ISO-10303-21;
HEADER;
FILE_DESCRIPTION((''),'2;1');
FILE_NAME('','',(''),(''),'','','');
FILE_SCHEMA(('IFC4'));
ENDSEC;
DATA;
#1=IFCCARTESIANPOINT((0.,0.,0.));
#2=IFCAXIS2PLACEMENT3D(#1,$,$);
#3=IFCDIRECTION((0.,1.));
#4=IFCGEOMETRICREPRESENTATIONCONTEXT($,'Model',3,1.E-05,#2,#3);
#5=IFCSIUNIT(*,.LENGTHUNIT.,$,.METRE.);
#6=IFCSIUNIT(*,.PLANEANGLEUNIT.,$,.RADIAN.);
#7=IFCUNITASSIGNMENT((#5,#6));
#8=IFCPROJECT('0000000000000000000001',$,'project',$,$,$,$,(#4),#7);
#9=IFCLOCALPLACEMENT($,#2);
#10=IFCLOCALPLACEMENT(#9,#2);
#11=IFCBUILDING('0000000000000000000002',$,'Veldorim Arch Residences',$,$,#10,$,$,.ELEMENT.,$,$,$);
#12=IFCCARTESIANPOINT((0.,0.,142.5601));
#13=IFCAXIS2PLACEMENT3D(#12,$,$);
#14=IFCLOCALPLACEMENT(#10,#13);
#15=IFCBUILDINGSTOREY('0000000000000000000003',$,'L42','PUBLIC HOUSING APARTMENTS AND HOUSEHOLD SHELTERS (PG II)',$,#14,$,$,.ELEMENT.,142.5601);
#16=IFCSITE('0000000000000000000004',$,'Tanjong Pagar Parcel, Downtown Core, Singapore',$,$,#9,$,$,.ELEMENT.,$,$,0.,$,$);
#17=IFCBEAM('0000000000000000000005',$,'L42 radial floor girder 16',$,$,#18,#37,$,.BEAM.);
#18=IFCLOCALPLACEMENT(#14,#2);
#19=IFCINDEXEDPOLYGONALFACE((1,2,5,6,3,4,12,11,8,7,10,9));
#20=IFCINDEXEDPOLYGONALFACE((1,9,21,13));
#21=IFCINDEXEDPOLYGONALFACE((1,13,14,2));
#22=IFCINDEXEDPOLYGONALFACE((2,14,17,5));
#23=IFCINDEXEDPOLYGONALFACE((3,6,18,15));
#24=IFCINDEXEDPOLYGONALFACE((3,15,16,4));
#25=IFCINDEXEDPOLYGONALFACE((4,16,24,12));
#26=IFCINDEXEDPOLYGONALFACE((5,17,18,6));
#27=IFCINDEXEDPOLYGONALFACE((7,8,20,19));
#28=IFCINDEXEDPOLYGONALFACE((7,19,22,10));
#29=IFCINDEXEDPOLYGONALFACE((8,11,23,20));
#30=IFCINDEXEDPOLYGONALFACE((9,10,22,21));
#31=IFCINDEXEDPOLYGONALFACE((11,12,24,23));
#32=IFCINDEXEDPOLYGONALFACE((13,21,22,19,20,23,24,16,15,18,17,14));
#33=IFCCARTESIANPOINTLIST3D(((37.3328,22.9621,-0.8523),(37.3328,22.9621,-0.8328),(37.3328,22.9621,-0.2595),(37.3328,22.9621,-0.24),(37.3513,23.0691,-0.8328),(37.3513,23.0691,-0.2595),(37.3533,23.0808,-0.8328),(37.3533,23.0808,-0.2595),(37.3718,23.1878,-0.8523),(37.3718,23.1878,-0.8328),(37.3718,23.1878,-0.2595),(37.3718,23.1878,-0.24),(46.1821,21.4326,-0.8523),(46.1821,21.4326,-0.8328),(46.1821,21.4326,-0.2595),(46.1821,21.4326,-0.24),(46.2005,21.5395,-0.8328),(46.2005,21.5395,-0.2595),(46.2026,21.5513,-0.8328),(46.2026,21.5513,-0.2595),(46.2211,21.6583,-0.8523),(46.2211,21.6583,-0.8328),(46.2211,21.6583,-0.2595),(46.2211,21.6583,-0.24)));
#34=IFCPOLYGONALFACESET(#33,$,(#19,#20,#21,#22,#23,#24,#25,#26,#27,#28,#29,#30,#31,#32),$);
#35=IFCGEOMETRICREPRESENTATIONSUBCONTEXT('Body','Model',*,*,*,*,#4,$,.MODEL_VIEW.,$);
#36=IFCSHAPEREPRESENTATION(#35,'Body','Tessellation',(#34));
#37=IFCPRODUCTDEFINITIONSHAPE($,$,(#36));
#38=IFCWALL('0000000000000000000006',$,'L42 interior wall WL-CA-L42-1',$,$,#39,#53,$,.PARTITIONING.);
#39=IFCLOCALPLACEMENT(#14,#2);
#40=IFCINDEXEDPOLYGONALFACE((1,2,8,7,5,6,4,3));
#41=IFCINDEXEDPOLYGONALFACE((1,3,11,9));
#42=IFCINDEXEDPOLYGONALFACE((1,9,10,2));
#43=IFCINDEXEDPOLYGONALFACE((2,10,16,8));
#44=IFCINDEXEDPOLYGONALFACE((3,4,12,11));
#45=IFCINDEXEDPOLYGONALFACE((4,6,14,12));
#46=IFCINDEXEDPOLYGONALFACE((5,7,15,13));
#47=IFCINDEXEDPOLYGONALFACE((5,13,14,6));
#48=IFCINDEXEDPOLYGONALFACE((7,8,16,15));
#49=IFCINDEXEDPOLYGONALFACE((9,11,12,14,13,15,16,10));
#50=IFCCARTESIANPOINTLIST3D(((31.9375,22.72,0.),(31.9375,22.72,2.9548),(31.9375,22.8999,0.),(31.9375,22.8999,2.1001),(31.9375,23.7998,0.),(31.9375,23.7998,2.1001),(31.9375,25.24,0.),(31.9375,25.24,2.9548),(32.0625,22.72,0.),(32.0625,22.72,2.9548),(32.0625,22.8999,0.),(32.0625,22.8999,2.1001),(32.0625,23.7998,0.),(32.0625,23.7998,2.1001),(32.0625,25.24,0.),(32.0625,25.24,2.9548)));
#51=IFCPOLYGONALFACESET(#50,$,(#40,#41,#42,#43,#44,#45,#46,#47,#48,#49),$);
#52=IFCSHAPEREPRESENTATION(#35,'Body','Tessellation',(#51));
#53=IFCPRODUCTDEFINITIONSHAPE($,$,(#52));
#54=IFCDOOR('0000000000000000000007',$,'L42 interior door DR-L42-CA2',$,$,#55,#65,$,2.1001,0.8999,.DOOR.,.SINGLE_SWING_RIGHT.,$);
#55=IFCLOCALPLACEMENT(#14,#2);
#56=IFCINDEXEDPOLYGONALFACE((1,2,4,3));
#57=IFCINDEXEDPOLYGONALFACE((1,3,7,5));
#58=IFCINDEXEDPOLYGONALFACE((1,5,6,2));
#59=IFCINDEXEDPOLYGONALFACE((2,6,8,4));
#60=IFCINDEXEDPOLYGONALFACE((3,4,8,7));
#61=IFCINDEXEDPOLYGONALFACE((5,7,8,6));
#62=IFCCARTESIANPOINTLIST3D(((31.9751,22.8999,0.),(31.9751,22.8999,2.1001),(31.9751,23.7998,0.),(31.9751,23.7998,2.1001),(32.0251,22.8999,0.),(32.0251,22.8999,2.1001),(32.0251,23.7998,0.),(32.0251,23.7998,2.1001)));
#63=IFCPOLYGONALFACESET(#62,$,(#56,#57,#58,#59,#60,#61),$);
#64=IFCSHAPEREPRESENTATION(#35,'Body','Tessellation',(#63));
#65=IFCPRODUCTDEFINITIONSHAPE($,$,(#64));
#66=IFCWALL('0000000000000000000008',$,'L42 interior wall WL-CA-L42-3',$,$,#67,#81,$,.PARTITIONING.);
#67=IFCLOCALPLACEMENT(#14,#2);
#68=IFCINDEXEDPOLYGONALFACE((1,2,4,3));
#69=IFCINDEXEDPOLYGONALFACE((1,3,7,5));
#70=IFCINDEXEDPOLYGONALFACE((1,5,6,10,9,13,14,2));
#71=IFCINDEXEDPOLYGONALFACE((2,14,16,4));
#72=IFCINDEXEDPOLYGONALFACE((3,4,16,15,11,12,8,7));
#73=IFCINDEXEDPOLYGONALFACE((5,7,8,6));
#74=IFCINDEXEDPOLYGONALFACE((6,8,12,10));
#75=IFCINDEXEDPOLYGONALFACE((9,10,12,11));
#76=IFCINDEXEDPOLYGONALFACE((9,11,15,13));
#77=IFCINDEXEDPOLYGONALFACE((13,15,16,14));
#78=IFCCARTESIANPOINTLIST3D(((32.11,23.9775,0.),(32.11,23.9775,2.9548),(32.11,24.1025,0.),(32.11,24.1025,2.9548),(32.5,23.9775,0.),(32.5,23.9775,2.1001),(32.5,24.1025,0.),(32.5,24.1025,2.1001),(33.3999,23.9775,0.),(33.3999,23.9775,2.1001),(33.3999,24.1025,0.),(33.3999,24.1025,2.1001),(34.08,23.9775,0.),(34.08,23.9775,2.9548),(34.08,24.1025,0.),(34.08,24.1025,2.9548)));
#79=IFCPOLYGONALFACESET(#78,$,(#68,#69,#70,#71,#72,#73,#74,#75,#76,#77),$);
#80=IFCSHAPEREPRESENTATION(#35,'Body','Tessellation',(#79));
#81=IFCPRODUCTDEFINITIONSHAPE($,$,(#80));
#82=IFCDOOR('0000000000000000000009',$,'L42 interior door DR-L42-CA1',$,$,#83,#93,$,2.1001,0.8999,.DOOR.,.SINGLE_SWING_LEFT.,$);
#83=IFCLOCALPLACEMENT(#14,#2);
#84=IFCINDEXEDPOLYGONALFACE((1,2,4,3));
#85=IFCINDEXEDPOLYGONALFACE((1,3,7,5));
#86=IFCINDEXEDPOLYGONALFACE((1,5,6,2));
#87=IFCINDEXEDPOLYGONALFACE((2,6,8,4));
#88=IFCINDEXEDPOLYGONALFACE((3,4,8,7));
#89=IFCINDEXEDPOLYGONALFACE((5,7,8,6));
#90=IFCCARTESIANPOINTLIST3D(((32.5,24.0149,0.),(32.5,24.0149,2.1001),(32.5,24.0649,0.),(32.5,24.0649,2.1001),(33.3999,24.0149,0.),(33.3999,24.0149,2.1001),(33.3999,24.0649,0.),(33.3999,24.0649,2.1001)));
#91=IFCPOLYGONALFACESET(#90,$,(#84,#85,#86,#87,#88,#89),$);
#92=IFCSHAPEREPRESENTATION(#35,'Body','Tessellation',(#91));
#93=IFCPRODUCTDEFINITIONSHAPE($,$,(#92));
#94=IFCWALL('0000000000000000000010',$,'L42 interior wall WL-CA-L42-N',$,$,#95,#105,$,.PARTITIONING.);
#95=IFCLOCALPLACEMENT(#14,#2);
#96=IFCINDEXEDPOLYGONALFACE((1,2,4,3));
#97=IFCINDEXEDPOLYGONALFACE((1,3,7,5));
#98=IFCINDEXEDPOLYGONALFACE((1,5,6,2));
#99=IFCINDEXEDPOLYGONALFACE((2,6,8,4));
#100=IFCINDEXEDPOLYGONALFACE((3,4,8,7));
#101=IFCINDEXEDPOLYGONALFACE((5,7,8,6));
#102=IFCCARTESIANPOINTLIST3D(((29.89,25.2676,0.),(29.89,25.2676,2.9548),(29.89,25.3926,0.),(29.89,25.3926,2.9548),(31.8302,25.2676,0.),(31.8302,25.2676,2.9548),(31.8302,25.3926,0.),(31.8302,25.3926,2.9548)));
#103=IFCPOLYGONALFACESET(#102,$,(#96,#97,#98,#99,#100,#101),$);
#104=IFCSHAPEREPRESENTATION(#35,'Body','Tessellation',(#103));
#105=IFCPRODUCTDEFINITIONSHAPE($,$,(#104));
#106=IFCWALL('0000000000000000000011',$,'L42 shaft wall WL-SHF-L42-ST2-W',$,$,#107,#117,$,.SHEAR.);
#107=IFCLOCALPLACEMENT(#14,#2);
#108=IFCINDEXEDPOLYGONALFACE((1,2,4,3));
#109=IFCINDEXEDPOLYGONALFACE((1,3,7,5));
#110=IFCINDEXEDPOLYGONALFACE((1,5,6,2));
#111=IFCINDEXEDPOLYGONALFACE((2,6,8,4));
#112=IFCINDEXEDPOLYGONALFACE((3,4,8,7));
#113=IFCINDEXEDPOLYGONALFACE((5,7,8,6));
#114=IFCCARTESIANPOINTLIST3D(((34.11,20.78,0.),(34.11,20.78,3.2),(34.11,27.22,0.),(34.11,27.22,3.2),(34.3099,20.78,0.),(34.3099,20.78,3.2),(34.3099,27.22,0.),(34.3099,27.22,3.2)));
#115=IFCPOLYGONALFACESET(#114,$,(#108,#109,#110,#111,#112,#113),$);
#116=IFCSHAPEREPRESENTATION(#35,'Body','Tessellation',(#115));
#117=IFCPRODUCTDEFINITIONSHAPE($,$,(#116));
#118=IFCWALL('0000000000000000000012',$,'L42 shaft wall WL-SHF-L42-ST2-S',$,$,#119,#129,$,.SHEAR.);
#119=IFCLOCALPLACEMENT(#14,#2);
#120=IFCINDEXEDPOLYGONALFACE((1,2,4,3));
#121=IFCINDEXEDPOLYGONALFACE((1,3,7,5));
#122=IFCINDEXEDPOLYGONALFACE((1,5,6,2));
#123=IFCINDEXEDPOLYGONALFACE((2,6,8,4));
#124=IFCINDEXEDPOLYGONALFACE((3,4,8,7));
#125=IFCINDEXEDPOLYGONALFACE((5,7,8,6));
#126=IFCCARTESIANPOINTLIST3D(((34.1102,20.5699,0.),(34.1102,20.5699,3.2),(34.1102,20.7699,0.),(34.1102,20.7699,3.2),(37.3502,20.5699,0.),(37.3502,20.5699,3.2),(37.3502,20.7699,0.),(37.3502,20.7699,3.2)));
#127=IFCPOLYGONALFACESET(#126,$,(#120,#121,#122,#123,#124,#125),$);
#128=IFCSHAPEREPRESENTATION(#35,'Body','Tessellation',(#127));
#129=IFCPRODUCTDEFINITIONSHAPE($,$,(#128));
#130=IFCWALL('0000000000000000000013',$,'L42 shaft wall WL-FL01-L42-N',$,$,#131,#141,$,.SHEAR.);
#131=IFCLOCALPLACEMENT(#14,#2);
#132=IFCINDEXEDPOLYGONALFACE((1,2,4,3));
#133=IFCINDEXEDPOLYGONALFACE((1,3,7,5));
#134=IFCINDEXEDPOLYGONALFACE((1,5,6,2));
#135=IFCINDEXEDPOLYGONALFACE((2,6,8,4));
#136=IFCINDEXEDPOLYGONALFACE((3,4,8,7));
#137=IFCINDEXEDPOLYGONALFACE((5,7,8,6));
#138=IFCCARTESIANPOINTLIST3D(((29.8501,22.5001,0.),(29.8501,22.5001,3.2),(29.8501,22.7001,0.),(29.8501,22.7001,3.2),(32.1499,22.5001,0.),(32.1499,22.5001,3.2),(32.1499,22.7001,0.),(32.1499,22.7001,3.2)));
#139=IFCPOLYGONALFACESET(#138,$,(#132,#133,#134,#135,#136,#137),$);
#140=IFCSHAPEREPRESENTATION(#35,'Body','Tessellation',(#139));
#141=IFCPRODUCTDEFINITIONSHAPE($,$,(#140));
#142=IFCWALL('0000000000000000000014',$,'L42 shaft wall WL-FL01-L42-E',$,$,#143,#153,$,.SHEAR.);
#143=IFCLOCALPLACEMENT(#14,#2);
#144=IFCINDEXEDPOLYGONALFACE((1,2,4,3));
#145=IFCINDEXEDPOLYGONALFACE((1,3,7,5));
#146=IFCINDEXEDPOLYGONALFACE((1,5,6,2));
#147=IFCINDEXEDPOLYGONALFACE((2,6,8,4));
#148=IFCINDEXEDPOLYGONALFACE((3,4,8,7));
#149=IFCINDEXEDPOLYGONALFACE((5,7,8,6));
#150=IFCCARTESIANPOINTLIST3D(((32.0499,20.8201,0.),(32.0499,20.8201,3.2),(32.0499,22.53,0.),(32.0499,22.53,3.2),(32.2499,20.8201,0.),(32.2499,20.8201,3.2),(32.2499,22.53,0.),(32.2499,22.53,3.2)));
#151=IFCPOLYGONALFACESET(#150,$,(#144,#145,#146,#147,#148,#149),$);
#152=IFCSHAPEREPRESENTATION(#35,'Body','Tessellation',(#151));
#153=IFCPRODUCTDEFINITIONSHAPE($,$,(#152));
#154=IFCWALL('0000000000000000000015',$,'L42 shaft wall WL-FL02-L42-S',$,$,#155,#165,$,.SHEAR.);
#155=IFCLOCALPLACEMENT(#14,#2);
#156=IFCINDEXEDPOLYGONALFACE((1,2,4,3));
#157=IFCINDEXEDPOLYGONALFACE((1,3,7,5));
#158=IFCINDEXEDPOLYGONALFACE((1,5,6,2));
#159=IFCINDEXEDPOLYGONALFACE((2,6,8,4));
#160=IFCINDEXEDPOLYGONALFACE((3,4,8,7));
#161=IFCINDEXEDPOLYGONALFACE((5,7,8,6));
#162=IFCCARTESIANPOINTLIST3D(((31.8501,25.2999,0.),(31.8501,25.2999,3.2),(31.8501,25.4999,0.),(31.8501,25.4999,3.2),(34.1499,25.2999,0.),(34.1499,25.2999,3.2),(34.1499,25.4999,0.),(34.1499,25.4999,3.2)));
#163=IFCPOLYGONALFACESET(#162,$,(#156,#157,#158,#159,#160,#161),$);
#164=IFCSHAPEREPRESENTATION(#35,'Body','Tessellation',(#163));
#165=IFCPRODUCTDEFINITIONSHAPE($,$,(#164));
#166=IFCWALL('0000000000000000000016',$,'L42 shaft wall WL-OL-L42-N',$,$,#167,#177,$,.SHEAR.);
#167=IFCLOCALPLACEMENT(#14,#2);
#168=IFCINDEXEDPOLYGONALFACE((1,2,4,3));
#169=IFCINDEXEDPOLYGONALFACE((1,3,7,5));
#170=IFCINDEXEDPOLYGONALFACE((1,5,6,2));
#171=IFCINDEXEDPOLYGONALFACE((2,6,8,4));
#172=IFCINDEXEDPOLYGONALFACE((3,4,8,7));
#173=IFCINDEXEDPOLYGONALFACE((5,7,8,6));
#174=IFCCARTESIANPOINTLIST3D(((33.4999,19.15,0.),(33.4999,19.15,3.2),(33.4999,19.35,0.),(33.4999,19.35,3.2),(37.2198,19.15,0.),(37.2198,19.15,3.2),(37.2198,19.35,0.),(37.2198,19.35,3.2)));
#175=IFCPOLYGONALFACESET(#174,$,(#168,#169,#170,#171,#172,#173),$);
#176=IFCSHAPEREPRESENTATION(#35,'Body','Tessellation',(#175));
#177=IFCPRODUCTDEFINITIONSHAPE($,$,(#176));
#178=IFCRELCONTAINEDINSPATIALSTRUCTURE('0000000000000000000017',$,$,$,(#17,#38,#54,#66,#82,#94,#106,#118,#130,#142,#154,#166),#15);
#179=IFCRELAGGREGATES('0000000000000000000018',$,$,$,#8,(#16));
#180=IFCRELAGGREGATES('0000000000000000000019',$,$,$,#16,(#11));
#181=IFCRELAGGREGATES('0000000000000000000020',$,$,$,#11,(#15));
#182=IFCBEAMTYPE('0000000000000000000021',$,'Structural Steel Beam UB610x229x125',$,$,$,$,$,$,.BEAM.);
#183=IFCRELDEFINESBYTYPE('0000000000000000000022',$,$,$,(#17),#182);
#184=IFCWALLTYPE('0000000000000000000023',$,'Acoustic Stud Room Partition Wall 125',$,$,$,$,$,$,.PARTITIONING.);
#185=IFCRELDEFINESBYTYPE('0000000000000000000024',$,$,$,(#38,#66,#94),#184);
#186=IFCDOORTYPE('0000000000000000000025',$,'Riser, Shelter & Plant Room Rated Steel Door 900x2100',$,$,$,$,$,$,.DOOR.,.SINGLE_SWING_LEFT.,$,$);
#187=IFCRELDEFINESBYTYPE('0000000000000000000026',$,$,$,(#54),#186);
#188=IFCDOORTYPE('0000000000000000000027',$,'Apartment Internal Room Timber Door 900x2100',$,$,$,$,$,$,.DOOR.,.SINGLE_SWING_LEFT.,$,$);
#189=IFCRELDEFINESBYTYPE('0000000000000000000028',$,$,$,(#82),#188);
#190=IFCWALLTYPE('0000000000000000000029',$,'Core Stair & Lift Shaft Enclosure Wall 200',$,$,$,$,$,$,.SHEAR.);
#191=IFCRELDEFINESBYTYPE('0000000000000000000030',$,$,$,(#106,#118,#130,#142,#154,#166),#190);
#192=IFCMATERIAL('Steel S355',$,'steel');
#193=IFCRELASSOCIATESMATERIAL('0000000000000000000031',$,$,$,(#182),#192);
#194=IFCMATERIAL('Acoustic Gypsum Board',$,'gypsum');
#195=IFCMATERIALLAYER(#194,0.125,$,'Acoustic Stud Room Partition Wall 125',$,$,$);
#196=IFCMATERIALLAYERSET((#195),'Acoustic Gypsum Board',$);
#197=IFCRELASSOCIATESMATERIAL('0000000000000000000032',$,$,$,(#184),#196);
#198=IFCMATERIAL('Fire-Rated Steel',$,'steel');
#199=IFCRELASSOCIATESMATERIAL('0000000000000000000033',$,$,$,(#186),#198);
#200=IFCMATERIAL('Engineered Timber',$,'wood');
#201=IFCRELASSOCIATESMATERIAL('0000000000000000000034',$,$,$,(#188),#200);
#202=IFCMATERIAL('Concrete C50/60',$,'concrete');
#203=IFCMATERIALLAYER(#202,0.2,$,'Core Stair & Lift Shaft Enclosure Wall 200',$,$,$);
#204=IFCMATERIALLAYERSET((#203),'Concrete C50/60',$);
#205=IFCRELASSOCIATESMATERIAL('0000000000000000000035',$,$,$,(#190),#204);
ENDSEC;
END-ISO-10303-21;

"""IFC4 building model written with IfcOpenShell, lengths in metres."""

from ifc_helpers import new_model, si_unit, direction, frame, frame_2d, origin, origin_2d, place, context, subcontext, project, spatial, rectangle, i_section, extrude, material, layer, layer_set, material_profile, profile_set, type_object, element, fill, save


model = new_model("IFC4")

# Units and contexts
model_context = context("Model", 3, precision=1e-05, world=origin(), true_north=direction((0.0, 1.0)))
body_context = subcontext(model_context, "Body", "Model", "MODEL_VIEW")
ifc_project = project(units=[si_unit("LENGTHUNIT", "METRE"), si_unit("PLANEANGLEUNIT", "RADIAN")], contexts=[model_context])

# Site, building, storey
site_placement = place(None, origin())
site = spatial("IfcSite", under=ifc_project, at=site_placement, Name="Tanjong Pagar Parcel, Downtown Core, Singapore", CompositionType="ELEMENT", RefElevation=0.0)
building_placement = place(site_placement, origin())
building = spatial("IfcBuilding", under=site, at=building_placement, Name="Veldorim Arch Residences", CompositionType="ELEMENT")
storey_placement = place(building_placement, frame((0.0, 0.0, 142.5601)))
storey = spatial("IfcBuildingStorey", under=building, at=storey_placement, Name="L42", Description="PUBLIC HOUSING APARTMENTS AND HOUSEHOLD SHELTERS (PG II)", CompositionType="ELEMENT", Elevation=142.5601)

# Beam
ifc_material_1 = material(Name="Steel S355", Category="steel")
ifc_material_profile = material_profile(ifc_material_1, i_section(OverallWidth=0.229, OverallDepth=0.6123, WebThickness=0.012, FlangeThickness=0.0195, at=origin_2d()), Name="UB610x229x125")
ifc_profile_set = profile_set([ifc_material_profile], Name="Steel S355")
beam_type = type_object("IfcBeamType", Name="Structural Steel Beam UB610x229x125", PredefinedType="BEAM", material=ifc_profile_set)
beam_placement = place(storey_placement, frame((37.3523, 23.075, -0.5461), z_axis=(0.985389, -0.170317, 0.0), x_axis=(0.170317, 0.985389, 0.0)))
element("IfcBeam", 1, at=beam_placement, inside=storey, type_object=beam_type, Name="L42 radial floor girder 16", PredefinedType="BEAM", context=body_context, shape_type="SweptSolid", body=[
    extrude(i_section(OverallWidth=0.229, OverallDepth=0.6123, WebThickness=0.012, FlangeThickness=0.0195, at=origin_2d()), origin(), (0.0, 0.0, 1.0), 8.9805),
])

# Walls, openings, doors
ifc_material_2 = material(Name="Acoustic Gypsum Board", Category="gypsum")
ifc_layer_1 = layer(ifc_material_2, 0.125, Name="Acoustic Stud Room Partition Wall 125")
ifc_layer_set_1 = layer_set([ifc_layer_1], Name="Acoustic Gypsum Board")
wall_type_1 = type_object("IfcWallType", Name="Acoustic Stud Room Partition Wall 125", PredefinedType="PARTITIONING", material=ifc_layer_set_1)
wall_1_placement = place(storey_placement, frame((32.0, 22.72, 0.0), z_axis=(0.0, 0.0, 1.0), x_axis=(0.0, 1.0, 0.0)))
wall_1 = element("IfcWall", 2, at=wall_1_placement, inside=storey, type_object=wall_type_1, Name="L42 interior wall WL-CA-L42-1", PredefinedType="PARTITIONING", context=body_context, shape_type="SweptSolid", body=[
    extrude(rectangle(XDim=2.52, YDim=0.125, at=frame_2d((1.26, 0.0))), origin(), (0.0, 0.0, 1.0), 2.9548),
])
opening_1_placement = place(wall_1_placement, frame((0.1799, 0.0, 0.0)))
opening_1 = element("IfcOpeningElement", 3, at=opening_1_placement, cuts=wall_1, PredefinedType="OPENING", context=body_context, shape_type="SweptSolid", body=[
    extrude(rectangle(XDim=0.8999, YDim=2.1001, at=frame_2d((0.45, 1.05))), frame((0.0, 0.0725, 0.0), z_axis=(0.0, -1.0, 0.0), x_axis=(1.0, 0.0, 0.0)), (0.0, 0.0, 1.0), 0.145),
])
ifc_material_3 = material(Name="Fire-Rated Steel", Category="steel")
door_type_1 = type_object("IfcDoorType", Name="Riser, Shelter & Plant Room Rated Steel Door 900x2100", OperationType="SINGLE_SWING_LEFT", PredefinedType="DOOR", material=ifc_material_3)
door_1_placement = place(opening_1_placement, origin())
door_1 = element("IfcDoor", 4, at=door_1_placement, inside=storey, type_object=door_type_1, Name="L42 interior door DR-L42-CA2", OperationType="SINGLE_SWING_RIGHT", OverallHeight=2.1001, OverallWidth=0.8999, PredefinedType="DOOR", context=body_context, shape_type="SweptSolid", body=[
    extrude(rectangle(XDim=0.8999, YDim=2.1001, at=frame_2d((0.45, 1.05))), frame((0.0, 0.0249, 0.0), z_axis=(0.0, -1.0, 0.0), x_axis=(1.0, 0.0, 0.0)), (0.0, 0.0, 1.0), 0.05),
])
fill(opening_1, door_1)
wall_2_placement = place(storey_placement, frame((32.1101, 24.04, 0.0), z_axis=(0.0, 0.0, 1.0), x_axis=(1.0, 0.0, 0.0)))
wall_2 = element("IfcWall", 5, at=wall_2_placement, inside=storey, type_object=wall_type_1, Name="L42 interior wall WL-CA-L42-3", PredefinedType="PARTITIONING", context=body_context, shape_type="SweptSolid", body=[
    extrude(rectangle(XDim=1.97, YDim=0.125, at=frame_2d((0.9849, 0.0))), origin(), (0.0, 0.0, 1.0), 2.9548),
])
opening_2_placement = place(wall_2_placement, frame((0.3899, 0.0, 0.0)))
opening_2 = element("IfcOpeningElement", 6, at=opening_2_placement, cuts=wall_2, PredefinedType="OPENING", context=body_context, shape_type="SweptSolid", body=[
    extrude(rectangle(XDim=0.8999, YDim=2.1001, at=frame_2d((0.45, 1.05))), frame((0.0, 0.0725, 0.0), z_axis=(0.0, -1.0, 0.0), x_axis=(1.0, 0.0, 0.0)), (0.0, 0.0, 1.0), 0.145),
])
ifc_material_4 = material(Name="Engineered Timber", Category="wood")
door_type_2 = type_object("IfcDoorType", Name="Apartment Internal Room Timber Door 900x2100", OperationType="SINGLE_SWING_LEFT", PredefinedType="DOOR", material=ifc_material_4)
door_2_placement = place(opening_2_placement, origin())
door_2 = element("IfcDoor", 7, at=door_2_placement, inside=storey, type_object=door_type_2, Name="L42 interior door DR-L42-CA1", OperationType="SINGLE_SWING_LEFT", OverallHeight=2.1001, OverallWidth=0.8999, PredefinedType="DOOR", context=body_context, shape_type="SweptSolid", body=[
    extrude(rectangle(XDim=0.8999, YDim=2.1001, at=frame_2d((0.45, 1.05))), frame((0.0, 0.0249, 0.0), z_axis=(0.0, -1.0, 0.0), x_axis=(1.0, 0.0, 0.0)), (0.0, 0.0, 1.0), 0.05),
])
fill(opening_2, door_2)

# Walls
wall_3_placement = place(storey_placement, frame((29.8899, 25.3301, 0.0), z_axis=(0.0, 0.0, 1.0), x_axis=(1.0, 0.0, 0.0)))
element("IfcWall", 8, at=wall_3_placement, inside=storey, type_object=wall_type_1, Name="L42 interior wall WL-CA-L42-N", PredefinedType="PARTITIONING", context=body_context, shape_type="SweptSolid", body=[
    extrude(rectangle(XDim=1.9402, YDim=0.125, at=frame_2d((0.9702, 0.0))), origin(), (0.0, 0.0, 1.0), 2.9548),
])
ifc_material_5 = material(Name="Concrete C50/60", Category="concrete")
ifc_layer_2 = layer(ifc_material_5, 0.2, Name="Core Stair & Lift Shaft Enclosure Wall 200")
ifc_layer_set_2 = layer_set([ifc_layer_2], Name="Concrete C50/60")
wall_type_2 = type_object("IfcWallType", Name="Core Stair & Lift Shaft Enclosure Wall 200", PredefinedType="SHEAR", material=ifc_layer_set_2)
wall_4_placement = place(storey_placement, frame((34.21, 20.78, 0.0), z_axis=(0.0, 0.0, 1.0), x_axis=(0.0, 1.0, 0.0)))
element("IfcWall", 9, at=wall_4_placement, inside=storey, type_object=wall_type_2, Name="L42 shaft wall WL-SHF-L42-ST2-W", PredefinedType="SHEAR", context=body_context, shape_type="SweptSolid", body=[
    extrude(rectangle(XDim=6.4399, YDim=0.2, at=frame_2d((3.22, 0.0))), origin(), (0.0, 0.0, 1.0), 3.2),
])
wall_5_placement = place(storey_placement, frame((34.1101, 20.6699, 0.0), z_axis=(0.0, 0.0, 1.0), x_axis=(1.0, 0.0, 0.0)))
element("IfcWall", 10, at=wall_5_placement, inside=storey, type_object=wall_type_2, Name="L42 shaft wall WL-SHF-L42-ST2-S", PredefinedType="SHEAR", context=body_context, shape_type="SweptSolid", body=[
    extrude(rectangle(XDim=3.24, YDim=0.2, at=frame_2d((1.6201, 0.0))), origin(), (0.0, 0.0, 1.0), 3.2),
])

# Walls
wall_6_placement = place(storey_placement, frame((29.8501, 22.6001, 0.0), z_axis=(0.0, 0.0, 1.0), x_axis=(1.0, 0.0, 0.0)))
element("IfcWall", 11, at=wall_6_placement, inside=storey, type_object=wall_type_2, Name="L42 shaft wall WL-FL01-L42-N", PredefinedType="SHEAR", context=body_context, shape_type="SweptSolid", body=[
    extrude(rectangle(XDim=2.2998, YDim=0.2, at=frame_2d((1.1499, 0.0))), origin(), (0.0, 0.0, 1.0), 3.2),
])
wall_7_placement = place(storey_placement, frame((32.1499, 20.8201, 0.0), z_axis=(0.0, 0.0, 1.0), x_axis=(0.0, 1.0, 0.0)))
element("IfcWall", 12, at=wall_7_placement, inside=storey, type_object=wall_type_2, Name="L42 shaft wall WL-FL01-L42-E", PredefinedType="SHEAR", context=body_context, shape_type="SweptSolid", body=[
    extrude(rectangle(XDim=1.71, YDim=0.2, at=frame_2d((0.855, 0.0))), origin(), (0.0, 0.0, 1.0), 3.2),
])
wall_8_placement = place(storey_placement, frame((31.8501, 25.3999, 0.0), z_axis=(0.0, 0.0, 1.0), x_axis=(1.0, 0.0, 0.0)))
element("IfcWall", 13, at=wall_8_placement, inside=storey, type_object=wall_type_2, Name="L42 shaft wall WL-FL02-L42-S", PredefinedType="SHEAR", context=body_context, shape_type="SweptSolid", body=[
    extrude(rectangle(XDim=2.2998, YDim=0.2, at=frame_2d((1.1499, 0.0))), origin(), (0.0, 0.0, 1.0), 3.2),
])
wall_9_placement = place(storey_placement, frame((33.5, 19.25, 0.0), z_axis=(0.0, 0.0, 1.0), x_axis=(1.0, 0.0, 0.0)))
element("IfcWall", 14, at=wall_9_placement, inside=storey, type_object=wall_type_2, Name="L42 shaft wall WL-OL-L42-N", PredefinedType="SHEAR", context=body_context, shape_type="SweptSolid", body=[
    extrude(rectangle(XDim=3.72, YDim=0.2, at=frame_2d((1.8599, 0.0))), origin(), (0.0, 0.0, 1.0), 3.2),
])

save(model, "model.ifc")
